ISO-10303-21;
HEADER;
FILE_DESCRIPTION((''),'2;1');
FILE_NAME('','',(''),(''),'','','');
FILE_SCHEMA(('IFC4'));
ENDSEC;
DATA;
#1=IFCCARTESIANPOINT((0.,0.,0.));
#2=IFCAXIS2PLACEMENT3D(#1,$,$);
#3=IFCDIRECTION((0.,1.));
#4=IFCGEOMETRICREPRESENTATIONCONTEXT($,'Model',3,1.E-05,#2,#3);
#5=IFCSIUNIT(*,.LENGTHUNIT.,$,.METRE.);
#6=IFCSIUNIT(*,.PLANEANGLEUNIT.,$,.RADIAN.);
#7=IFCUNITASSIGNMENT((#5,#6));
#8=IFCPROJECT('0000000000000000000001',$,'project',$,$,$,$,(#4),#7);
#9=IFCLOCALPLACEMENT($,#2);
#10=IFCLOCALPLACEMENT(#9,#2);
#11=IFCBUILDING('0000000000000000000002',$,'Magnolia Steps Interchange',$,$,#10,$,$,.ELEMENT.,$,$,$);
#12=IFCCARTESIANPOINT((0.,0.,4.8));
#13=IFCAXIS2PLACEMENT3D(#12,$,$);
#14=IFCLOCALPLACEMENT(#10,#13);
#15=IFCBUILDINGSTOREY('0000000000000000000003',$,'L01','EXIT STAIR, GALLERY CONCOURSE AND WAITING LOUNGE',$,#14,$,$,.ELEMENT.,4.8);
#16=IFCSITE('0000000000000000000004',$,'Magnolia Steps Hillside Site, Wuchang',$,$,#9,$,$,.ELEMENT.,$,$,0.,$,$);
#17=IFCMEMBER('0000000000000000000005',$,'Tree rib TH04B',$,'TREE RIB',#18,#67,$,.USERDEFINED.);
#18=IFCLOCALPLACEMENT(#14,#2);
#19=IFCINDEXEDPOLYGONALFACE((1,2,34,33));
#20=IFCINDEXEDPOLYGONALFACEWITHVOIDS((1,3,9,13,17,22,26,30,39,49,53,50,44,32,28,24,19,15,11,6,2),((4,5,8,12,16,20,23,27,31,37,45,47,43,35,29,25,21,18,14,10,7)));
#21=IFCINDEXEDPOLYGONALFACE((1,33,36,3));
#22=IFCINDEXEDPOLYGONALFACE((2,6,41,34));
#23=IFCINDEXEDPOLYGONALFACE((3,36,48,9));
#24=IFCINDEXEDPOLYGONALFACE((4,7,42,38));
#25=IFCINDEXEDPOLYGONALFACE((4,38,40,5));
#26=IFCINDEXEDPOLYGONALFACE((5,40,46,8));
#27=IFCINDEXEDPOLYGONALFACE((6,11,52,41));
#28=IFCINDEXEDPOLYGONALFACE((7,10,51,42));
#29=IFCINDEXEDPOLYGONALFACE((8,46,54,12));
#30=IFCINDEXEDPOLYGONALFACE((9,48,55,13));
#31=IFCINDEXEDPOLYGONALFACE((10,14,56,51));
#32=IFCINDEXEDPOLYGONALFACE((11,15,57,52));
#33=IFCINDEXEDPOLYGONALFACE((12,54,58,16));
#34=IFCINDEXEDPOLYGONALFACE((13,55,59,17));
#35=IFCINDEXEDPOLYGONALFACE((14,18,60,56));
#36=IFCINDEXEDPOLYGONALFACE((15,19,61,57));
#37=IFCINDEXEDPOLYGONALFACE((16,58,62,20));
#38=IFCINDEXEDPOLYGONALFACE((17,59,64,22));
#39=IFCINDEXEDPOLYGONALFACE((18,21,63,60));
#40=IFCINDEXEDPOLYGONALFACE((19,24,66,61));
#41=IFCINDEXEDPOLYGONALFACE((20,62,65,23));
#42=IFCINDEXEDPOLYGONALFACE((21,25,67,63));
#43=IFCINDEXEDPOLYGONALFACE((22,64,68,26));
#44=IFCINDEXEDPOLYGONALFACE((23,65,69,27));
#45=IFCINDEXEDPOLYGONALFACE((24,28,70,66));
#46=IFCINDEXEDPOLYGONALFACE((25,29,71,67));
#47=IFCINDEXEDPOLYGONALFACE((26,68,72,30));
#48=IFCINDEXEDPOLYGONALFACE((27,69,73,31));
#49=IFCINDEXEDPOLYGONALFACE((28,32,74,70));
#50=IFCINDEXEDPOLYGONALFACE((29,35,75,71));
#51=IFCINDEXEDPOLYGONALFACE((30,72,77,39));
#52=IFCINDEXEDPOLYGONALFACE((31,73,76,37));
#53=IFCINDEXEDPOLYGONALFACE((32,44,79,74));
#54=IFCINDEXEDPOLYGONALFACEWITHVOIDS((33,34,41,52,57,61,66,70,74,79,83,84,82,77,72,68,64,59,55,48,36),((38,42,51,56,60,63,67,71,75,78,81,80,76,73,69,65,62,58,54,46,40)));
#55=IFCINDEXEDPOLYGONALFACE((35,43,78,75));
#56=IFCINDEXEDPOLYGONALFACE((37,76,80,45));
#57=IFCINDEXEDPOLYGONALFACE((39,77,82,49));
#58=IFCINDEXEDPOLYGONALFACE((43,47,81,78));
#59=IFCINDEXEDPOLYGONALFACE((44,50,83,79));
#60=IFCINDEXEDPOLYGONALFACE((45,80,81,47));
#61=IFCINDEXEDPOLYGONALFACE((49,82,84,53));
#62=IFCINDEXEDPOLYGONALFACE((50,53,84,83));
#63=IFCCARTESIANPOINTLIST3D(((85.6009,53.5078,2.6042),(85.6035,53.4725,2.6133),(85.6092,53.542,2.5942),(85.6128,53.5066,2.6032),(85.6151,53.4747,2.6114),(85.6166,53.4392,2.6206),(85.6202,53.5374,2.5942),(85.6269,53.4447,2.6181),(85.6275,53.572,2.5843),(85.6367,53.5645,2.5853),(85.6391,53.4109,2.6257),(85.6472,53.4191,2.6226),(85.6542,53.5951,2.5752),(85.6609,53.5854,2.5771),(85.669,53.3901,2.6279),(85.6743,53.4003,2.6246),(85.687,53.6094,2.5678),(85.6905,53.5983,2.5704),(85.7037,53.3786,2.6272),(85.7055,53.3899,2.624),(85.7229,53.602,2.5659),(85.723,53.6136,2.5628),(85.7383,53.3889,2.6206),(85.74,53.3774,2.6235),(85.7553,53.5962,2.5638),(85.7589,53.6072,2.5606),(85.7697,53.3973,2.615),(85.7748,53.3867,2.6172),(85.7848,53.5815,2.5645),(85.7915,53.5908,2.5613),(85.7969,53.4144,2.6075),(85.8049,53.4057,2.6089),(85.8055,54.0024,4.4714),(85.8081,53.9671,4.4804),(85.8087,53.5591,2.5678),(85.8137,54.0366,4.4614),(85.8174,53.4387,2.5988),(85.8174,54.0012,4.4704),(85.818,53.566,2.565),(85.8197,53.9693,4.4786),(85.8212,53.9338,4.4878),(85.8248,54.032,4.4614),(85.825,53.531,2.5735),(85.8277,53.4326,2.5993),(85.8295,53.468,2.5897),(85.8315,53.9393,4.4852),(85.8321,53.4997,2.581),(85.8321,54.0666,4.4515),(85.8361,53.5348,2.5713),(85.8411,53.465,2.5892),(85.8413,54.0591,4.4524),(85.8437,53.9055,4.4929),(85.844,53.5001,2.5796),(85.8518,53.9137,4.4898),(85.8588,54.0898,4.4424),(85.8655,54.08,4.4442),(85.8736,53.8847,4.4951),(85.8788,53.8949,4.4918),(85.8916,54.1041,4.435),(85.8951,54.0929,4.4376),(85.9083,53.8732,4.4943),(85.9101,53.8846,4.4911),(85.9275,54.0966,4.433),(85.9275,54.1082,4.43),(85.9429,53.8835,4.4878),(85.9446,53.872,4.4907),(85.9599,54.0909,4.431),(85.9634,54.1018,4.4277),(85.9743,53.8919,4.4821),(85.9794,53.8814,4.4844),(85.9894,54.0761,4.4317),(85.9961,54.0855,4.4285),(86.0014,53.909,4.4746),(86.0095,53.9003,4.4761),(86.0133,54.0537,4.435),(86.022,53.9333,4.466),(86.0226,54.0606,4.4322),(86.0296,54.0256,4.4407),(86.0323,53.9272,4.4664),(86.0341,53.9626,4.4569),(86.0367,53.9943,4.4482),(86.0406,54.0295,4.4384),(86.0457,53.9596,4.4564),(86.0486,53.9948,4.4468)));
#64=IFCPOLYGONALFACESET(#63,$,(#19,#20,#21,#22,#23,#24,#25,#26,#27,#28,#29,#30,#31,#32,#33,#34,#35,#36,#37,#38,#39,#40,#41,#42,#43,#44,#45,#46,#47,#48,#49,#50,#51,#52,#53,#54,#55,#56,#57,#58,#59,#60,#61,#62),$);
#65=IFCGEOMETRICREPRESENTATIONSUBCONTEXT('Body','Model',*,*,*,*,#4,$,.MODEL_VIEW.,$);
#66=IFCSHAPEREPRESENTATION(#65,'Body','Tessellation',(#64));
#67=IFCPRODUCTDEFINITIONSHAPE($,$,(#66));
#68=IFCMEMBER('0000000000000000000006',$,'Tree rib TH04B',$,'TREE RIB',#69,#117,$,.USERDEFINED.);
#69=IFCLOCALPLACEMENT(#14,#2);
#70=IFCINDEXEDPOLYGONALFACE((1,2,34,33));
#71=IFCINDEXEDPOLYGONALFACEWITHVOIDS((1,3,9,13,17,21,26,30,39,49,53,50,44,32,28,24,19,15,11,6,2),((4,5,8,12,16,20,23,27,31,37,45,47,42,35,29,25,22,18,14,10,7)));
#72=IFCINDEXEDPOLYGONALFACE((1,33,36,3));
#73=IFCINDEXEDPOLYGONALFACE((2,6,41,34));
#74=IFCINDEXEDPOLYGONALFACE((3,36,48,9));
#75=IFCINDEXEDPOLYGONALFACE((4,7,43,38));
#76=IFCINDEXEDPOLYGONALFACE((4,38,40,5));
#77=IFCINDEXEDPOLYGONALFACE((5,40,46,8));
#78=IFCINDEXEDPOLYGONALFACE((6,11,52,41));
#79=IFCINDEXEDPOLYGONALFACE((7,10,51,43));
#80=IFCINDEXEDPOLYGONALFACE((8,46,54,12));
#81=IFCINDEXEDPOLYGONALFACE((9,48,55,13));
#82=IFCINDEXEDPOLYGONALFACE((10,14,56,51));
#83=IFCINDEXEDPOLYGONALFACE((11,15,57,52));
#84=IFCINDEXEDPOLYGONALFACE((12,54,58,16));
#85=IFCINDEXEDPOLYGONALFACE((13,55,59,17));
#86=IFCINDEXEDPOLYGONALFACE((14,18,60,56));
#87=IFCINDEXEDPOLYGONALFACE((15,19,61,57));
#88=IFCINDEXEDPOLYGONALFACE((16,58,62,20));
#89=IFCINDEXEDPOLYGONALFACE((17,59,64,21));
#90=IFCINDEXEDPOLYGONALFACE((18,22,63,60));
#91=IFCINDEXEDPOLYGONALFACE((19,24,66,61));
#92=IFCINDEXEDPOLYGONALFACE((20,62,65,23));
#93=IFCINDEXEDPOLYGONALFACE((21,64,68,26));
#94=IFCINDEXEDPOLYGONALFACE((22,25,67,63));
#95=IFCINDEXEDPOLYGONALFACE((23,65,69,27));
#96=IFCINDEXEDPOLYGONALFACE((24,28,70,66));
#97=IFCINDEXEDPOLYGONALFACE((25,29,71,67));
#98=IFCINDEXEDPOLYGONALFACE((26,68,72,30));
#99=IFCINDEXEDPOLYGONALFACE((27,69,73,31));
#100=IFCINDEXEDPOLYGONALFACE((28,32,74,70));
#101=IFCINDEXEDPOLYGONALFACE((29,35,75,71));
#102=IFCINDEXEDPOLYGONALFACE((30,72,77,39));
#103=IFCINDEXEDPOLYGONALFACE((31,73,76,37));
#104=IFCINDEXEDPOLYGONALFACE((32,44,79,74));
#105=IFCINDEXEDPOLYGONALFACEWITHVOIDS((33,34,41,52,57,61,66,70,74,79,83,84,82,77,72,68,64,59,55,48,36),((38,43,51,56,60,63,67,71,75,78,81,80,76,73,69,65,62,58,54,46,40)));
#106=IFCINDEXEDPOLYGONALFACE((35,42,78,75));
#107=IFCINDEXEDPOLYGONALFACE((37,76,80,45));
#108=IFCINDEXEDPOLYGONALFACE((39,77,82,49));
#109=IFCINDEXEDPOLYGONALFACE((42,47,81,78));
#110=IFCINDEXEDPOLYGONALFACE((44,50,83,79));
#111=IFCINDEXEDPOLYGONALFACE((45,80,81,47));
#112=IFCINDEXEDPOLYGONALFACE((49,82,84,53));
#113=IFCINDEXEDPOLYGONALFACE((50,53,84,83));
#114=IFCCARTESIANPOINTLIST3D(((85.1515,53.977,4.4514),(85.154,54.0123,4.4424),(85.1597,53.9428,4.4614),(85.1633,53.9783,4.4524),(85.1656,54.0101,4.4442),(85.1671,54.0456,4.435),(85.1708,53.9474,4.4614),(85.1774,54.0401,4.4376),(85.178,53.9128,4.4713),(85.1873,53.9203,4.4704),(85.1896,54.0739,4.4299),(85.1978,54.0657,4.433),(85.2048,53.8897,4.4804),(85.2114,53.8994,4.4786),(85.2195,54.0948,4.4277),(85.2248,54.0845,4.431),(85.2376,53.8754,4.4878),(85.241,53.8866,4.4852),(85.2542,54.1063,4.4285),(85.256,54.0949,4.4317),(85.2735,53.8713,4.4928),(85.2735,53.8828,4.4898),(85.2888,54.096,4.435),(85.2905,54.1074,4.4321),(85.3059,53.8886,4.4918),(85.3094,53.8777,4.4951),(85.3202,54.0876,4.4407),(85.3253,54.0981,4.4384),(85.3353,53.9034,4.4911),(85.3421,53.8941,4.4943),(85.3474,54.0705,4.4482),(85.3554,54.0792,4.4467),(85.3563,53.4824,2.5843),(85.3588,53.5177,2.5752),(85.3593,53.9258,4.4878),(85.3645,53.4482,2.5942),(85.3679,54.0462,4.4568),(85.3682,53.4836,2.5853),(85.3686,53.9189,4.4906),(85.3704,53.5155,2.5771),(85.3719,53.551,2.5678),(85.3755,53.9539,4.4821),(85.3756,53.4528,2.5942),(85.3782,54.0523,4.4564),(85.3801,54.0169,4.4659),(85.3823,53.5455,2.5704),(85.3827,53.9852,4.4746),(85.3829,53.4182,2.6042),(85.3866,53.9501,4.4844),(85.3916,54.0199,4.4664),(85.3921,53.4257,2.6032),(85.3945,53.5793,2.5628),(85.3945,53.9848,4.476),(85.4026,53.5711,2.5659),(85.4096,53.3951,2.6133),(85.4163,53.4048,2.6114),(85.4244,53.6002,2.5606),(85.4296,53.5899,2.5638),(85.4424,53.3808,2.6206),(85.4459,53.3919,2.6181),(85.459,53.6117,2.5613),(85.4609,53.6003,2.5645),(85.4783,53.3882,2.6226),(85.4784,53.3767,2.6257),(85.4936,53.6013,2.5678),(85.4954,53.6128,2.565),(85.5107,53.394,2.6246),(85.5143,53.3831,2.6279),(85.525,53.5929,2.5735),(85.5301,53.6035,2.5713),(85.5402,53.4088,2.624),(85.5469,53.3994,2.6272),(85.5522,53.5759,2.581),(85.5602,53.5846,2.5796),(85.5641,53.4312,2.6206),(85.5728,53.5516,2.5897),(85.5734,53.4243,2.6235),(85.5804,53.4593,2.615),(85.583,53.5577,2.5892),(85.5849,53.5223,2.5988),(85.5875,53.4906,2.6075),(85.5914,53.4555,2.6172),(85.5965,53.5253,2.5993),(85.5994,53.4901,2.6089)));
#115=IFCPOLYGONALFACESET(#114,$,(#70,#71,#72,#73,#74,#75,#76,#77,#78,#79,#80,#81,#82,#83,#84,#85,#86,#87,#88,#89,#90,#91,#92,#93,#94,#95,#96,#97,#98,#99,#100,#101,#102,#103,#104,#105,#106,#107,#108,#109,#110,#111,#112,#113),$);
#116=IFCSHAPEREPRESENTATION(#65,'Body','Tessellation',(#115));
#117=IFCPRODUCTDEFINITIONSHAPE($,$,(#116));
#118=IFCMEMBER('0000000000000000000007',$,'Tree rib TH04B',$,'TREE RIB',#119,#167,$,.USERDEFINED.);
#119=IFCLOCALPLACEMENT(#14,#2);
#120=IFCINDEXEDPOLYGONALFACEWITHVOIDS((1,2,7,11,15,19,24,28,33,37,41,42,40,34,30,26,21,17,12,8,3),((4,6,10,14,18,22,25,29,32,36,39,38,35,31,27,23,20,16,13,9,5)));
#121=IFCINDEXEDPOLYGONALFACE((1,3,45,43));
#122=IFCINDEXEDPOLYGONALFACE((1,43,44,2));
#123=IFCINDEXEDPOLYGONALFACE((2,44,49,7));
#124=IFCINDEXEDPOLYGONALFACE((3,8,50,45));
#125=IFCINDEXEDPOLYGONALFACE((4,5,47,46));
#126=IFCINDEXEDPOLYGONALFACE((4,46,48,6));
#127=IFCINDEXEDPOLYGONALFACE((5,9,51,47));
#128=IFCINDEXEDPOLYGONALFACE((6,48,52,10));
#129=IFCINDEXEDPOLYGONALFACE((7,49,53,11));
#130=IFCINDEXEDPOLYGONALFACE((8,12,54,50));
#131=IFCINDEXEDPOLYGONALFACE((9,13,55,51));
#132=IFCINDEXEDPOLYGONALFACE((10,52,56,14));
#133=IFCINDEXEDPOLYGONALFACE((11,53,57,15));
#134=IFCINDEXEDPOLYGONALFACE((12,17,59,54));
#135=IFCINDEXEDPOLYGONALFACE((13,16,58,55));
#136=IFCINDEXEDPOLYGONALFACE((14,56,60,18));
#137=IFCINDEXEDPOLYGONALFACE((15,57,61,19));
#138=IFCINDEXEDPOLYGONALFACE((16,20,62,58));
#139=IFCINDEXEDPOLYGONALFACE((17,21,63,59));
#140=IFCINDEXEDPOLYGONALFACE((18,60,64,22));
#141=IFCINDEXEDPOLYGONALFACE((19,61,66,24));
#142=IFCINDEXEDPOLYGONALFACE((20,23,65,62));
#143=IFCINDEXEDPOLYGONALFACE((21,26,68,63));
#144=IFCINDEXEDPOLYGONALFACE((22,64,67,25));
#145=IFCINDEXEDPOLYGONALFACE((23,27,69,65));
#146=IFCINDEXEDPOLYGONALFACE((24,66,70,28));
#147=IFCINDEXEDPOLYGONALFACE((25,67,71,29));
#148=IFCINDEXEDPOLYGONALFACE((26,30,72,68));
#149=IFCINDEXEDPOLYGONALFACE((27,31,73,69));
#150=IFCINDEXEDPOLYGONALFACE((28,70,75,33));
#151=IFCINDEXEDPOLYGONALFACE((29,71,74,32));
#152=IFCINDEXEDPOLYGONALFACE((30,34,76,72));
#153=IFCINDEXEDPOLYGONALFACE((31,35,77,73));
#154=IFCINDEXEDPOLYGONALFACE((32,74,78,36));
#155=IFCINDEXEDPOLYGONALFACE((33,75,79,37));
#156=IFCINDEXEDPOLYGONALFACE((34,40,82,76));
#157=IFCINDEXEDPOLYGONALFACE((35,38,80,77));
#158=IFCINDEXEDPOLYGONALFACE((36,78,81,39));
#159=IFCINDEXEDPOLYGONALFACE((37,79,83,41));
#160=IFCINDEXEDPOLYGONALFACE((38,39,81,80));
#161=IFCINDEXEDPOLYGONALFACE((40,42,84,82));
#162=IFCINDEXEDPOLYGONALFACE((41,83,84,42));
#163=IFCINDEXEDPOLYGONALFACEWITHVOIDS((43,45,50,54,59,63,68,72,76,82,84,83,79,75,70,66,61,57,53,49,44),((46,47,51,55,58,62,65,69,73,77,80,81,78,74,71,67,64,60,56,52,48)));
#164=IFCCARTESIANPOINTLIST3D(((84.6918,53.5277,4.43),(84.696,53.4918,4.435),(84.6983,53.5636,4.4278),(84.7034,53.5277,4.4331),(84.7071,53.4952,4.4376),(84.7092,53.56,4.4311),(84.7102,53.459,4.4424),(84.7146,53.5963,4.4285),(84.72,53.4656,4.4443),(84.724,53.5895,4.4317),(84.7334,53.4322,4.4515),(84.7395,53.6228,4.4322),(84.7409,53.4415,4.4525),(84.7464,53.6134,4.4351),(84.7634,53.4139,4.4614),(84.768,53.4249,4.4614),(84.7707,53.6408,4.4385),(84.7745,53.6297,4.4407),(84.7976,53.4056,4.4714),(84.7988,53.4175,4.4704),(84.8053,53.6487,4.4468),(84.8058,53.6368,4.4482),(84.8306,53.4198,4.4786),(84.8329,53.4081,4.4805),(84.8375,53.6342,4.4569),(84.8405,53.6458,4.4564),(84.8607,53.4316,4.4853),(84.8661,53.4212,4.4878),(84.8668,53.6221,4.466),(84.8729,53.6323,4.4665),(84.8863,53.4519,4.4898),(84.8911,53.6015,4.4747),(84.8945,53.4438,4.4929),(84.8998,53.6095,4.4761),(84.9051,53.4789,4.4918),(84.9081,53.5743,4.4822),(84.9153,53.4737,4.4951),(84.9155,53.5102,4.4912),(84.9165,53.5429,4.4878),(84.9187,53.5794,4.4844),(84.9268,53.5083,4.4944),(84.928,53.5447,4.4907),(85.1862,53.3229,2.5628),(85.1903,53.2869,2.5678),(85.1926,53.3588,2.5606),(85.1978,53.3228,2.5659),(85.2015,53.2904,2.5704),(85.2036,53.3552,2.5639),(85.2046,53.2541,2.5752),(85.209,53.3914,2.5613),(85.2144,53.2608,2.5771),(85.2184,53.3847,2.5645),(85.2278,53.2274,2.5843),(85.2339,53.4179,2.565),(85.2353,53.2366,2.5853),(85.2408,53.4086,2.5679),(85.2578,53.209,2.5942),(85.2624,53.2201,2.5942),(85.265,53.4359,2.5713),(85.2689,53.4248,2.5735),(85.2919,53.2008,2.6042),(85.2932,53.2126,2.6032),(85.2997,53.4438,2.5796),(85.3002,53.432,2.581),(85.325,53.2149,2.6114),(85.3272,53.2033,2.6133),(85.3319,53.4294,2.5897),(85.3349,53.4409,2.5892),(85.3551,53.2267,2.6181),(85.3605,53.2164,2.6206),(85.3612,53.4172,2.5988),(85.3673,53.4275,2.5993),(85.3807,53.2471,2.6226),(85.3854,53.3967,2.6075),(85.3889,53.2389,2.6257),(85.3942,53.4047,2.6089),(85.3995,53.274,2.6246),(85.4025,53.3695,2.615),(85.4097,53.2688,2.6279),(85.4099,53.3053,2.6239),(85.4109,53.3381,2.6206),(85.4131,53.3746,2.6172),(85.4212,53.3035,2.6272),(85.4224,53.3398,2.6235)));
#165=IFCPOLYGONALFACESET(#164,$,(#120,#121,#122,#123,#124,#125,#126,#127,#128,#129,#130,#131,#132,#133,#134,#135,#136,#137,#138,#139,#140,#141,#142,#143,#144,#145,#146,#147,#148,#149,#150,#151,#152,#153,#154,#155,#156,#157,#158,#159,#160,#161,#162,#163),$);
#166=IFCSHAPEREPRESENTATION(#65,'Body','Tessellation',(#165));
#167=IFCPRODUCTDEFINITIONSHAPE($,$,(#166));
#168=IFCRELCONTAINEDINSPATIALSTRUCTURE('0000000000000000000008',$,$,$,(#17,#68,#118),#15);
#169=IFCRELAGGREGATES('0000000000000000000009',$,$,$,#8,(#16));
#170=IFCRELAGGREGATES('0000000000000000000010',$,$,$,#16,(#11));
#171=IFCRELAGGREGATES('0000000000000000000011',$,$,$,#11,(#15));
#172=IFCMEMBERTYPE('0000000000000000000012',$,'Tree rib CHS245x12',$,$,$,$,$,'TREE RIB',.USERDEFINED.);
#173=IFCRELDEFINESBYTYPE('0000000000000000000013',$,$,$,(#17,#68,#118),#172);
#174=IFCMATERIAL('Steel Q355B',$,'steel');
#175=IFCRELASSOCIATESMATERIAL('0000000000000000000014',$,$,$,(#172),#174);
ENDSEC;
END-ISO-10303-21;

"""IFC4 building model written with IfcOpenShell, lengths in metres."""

from ifc_helpers import new_model, si_unit, direction, frame, origin, origin_2d, place, context, subcontext, project, spatial, hollow_circle, extrude, material, material_profile, profile_set, type_object, element, save


model = new_model("IFC4")

# Units and contexts
model_context = context("Model", 3, precision=1e-05, world=origin(), true_north=direction((0.0, 1.0)))
body_context = subcontext(model_context, "Body", "Model", "MODEL_VIEW")
ifc_project = project(units=[si_unit("LENGTHUNIT", "METRE"), si_unit("PLANEANGLEUNIT", "RADIAN")], contexts=[model_context])

# Site, building, storey
site_placement = place(None, origin())
site = spatial("IfcSite", under=ifc_project, at=site_placement, Name="Magnolia Steps Hillside Site, Wuchang", CompositionType="ELEMENT", RefElevation=0.0)
building_placement = place(site_placement, origin())
building = spatial("IfcBuilding", under=site, at=building_placement, Name="Magnolia Steps Interchange", CompositionType="ELEMENT")
storey_placement = place(building_placement, frame((0.0, 0.0, 4.8)))
storey = spatial("IfcBuildingStorey", under=building, at=storey_placement, Name="L01", Description="EXIT STAIR, GALLERY CONCOURSE AND WAITING LOUNGE", CompositionType="ELEMENT", Elevation=4.8)

# Members
ifc_material_1 = material(Name="Steel Q355B", Category="steel")
ifc_material_profile_1 = material_profile(ifc_material_1, hollow_circle(Radius=0.1226, WallThickness=0.012, at=origin_2d()), Name="CHS245x12")
ifc_profile_set_1 = profile_set([ifc_material_profile_1], Name="Steel Q355B")
member_type = type_object("IfcMemberType", Name="Tree rib CHS245x12", ElementType="TREE RIB", PredefinedType="USERDEFINED", material=ifc_profile_set_1)
for number, where, z_axis, x_axis, name in (
    (1, (85.7224, 53.4951, 2.5942), (0.105329, 0.254649, 0.96128), (-0.924072, 0.382218, 0.0), "Tree rib TH04B"),
    (2, (85.4778, 53.4951, 2.5942), (-0.105453, 0.254645, 0.961268), (-0.923911, -0.382607, 0.0), "Tree rib TH04B"),
    (3, (85.3047, 53.3223, 2.5942), (-0.254528, 0.105456, 0.961298), (-0.382768, -0.923844, 0.0), "Tree rib TH04B"),
):
    element("IfcMember", number, at=place(storey_placement, frame(where, z_axis=z_axis, x_axis=x_axis)), inside=storey, type_object=member_type, Name=name, ObjectType="TREE RIB", PredefinedType="USERDEFINED", context=body_context, shape_type="SweptSolid", body=[
        extrude(hollow_circle(Radius=0.1226, WallThickness=0.012, at=origin_2d()), origin(), (0.0, 0.0, 1.0), 1.9424),
    ])

save(model, "model.ifc")
